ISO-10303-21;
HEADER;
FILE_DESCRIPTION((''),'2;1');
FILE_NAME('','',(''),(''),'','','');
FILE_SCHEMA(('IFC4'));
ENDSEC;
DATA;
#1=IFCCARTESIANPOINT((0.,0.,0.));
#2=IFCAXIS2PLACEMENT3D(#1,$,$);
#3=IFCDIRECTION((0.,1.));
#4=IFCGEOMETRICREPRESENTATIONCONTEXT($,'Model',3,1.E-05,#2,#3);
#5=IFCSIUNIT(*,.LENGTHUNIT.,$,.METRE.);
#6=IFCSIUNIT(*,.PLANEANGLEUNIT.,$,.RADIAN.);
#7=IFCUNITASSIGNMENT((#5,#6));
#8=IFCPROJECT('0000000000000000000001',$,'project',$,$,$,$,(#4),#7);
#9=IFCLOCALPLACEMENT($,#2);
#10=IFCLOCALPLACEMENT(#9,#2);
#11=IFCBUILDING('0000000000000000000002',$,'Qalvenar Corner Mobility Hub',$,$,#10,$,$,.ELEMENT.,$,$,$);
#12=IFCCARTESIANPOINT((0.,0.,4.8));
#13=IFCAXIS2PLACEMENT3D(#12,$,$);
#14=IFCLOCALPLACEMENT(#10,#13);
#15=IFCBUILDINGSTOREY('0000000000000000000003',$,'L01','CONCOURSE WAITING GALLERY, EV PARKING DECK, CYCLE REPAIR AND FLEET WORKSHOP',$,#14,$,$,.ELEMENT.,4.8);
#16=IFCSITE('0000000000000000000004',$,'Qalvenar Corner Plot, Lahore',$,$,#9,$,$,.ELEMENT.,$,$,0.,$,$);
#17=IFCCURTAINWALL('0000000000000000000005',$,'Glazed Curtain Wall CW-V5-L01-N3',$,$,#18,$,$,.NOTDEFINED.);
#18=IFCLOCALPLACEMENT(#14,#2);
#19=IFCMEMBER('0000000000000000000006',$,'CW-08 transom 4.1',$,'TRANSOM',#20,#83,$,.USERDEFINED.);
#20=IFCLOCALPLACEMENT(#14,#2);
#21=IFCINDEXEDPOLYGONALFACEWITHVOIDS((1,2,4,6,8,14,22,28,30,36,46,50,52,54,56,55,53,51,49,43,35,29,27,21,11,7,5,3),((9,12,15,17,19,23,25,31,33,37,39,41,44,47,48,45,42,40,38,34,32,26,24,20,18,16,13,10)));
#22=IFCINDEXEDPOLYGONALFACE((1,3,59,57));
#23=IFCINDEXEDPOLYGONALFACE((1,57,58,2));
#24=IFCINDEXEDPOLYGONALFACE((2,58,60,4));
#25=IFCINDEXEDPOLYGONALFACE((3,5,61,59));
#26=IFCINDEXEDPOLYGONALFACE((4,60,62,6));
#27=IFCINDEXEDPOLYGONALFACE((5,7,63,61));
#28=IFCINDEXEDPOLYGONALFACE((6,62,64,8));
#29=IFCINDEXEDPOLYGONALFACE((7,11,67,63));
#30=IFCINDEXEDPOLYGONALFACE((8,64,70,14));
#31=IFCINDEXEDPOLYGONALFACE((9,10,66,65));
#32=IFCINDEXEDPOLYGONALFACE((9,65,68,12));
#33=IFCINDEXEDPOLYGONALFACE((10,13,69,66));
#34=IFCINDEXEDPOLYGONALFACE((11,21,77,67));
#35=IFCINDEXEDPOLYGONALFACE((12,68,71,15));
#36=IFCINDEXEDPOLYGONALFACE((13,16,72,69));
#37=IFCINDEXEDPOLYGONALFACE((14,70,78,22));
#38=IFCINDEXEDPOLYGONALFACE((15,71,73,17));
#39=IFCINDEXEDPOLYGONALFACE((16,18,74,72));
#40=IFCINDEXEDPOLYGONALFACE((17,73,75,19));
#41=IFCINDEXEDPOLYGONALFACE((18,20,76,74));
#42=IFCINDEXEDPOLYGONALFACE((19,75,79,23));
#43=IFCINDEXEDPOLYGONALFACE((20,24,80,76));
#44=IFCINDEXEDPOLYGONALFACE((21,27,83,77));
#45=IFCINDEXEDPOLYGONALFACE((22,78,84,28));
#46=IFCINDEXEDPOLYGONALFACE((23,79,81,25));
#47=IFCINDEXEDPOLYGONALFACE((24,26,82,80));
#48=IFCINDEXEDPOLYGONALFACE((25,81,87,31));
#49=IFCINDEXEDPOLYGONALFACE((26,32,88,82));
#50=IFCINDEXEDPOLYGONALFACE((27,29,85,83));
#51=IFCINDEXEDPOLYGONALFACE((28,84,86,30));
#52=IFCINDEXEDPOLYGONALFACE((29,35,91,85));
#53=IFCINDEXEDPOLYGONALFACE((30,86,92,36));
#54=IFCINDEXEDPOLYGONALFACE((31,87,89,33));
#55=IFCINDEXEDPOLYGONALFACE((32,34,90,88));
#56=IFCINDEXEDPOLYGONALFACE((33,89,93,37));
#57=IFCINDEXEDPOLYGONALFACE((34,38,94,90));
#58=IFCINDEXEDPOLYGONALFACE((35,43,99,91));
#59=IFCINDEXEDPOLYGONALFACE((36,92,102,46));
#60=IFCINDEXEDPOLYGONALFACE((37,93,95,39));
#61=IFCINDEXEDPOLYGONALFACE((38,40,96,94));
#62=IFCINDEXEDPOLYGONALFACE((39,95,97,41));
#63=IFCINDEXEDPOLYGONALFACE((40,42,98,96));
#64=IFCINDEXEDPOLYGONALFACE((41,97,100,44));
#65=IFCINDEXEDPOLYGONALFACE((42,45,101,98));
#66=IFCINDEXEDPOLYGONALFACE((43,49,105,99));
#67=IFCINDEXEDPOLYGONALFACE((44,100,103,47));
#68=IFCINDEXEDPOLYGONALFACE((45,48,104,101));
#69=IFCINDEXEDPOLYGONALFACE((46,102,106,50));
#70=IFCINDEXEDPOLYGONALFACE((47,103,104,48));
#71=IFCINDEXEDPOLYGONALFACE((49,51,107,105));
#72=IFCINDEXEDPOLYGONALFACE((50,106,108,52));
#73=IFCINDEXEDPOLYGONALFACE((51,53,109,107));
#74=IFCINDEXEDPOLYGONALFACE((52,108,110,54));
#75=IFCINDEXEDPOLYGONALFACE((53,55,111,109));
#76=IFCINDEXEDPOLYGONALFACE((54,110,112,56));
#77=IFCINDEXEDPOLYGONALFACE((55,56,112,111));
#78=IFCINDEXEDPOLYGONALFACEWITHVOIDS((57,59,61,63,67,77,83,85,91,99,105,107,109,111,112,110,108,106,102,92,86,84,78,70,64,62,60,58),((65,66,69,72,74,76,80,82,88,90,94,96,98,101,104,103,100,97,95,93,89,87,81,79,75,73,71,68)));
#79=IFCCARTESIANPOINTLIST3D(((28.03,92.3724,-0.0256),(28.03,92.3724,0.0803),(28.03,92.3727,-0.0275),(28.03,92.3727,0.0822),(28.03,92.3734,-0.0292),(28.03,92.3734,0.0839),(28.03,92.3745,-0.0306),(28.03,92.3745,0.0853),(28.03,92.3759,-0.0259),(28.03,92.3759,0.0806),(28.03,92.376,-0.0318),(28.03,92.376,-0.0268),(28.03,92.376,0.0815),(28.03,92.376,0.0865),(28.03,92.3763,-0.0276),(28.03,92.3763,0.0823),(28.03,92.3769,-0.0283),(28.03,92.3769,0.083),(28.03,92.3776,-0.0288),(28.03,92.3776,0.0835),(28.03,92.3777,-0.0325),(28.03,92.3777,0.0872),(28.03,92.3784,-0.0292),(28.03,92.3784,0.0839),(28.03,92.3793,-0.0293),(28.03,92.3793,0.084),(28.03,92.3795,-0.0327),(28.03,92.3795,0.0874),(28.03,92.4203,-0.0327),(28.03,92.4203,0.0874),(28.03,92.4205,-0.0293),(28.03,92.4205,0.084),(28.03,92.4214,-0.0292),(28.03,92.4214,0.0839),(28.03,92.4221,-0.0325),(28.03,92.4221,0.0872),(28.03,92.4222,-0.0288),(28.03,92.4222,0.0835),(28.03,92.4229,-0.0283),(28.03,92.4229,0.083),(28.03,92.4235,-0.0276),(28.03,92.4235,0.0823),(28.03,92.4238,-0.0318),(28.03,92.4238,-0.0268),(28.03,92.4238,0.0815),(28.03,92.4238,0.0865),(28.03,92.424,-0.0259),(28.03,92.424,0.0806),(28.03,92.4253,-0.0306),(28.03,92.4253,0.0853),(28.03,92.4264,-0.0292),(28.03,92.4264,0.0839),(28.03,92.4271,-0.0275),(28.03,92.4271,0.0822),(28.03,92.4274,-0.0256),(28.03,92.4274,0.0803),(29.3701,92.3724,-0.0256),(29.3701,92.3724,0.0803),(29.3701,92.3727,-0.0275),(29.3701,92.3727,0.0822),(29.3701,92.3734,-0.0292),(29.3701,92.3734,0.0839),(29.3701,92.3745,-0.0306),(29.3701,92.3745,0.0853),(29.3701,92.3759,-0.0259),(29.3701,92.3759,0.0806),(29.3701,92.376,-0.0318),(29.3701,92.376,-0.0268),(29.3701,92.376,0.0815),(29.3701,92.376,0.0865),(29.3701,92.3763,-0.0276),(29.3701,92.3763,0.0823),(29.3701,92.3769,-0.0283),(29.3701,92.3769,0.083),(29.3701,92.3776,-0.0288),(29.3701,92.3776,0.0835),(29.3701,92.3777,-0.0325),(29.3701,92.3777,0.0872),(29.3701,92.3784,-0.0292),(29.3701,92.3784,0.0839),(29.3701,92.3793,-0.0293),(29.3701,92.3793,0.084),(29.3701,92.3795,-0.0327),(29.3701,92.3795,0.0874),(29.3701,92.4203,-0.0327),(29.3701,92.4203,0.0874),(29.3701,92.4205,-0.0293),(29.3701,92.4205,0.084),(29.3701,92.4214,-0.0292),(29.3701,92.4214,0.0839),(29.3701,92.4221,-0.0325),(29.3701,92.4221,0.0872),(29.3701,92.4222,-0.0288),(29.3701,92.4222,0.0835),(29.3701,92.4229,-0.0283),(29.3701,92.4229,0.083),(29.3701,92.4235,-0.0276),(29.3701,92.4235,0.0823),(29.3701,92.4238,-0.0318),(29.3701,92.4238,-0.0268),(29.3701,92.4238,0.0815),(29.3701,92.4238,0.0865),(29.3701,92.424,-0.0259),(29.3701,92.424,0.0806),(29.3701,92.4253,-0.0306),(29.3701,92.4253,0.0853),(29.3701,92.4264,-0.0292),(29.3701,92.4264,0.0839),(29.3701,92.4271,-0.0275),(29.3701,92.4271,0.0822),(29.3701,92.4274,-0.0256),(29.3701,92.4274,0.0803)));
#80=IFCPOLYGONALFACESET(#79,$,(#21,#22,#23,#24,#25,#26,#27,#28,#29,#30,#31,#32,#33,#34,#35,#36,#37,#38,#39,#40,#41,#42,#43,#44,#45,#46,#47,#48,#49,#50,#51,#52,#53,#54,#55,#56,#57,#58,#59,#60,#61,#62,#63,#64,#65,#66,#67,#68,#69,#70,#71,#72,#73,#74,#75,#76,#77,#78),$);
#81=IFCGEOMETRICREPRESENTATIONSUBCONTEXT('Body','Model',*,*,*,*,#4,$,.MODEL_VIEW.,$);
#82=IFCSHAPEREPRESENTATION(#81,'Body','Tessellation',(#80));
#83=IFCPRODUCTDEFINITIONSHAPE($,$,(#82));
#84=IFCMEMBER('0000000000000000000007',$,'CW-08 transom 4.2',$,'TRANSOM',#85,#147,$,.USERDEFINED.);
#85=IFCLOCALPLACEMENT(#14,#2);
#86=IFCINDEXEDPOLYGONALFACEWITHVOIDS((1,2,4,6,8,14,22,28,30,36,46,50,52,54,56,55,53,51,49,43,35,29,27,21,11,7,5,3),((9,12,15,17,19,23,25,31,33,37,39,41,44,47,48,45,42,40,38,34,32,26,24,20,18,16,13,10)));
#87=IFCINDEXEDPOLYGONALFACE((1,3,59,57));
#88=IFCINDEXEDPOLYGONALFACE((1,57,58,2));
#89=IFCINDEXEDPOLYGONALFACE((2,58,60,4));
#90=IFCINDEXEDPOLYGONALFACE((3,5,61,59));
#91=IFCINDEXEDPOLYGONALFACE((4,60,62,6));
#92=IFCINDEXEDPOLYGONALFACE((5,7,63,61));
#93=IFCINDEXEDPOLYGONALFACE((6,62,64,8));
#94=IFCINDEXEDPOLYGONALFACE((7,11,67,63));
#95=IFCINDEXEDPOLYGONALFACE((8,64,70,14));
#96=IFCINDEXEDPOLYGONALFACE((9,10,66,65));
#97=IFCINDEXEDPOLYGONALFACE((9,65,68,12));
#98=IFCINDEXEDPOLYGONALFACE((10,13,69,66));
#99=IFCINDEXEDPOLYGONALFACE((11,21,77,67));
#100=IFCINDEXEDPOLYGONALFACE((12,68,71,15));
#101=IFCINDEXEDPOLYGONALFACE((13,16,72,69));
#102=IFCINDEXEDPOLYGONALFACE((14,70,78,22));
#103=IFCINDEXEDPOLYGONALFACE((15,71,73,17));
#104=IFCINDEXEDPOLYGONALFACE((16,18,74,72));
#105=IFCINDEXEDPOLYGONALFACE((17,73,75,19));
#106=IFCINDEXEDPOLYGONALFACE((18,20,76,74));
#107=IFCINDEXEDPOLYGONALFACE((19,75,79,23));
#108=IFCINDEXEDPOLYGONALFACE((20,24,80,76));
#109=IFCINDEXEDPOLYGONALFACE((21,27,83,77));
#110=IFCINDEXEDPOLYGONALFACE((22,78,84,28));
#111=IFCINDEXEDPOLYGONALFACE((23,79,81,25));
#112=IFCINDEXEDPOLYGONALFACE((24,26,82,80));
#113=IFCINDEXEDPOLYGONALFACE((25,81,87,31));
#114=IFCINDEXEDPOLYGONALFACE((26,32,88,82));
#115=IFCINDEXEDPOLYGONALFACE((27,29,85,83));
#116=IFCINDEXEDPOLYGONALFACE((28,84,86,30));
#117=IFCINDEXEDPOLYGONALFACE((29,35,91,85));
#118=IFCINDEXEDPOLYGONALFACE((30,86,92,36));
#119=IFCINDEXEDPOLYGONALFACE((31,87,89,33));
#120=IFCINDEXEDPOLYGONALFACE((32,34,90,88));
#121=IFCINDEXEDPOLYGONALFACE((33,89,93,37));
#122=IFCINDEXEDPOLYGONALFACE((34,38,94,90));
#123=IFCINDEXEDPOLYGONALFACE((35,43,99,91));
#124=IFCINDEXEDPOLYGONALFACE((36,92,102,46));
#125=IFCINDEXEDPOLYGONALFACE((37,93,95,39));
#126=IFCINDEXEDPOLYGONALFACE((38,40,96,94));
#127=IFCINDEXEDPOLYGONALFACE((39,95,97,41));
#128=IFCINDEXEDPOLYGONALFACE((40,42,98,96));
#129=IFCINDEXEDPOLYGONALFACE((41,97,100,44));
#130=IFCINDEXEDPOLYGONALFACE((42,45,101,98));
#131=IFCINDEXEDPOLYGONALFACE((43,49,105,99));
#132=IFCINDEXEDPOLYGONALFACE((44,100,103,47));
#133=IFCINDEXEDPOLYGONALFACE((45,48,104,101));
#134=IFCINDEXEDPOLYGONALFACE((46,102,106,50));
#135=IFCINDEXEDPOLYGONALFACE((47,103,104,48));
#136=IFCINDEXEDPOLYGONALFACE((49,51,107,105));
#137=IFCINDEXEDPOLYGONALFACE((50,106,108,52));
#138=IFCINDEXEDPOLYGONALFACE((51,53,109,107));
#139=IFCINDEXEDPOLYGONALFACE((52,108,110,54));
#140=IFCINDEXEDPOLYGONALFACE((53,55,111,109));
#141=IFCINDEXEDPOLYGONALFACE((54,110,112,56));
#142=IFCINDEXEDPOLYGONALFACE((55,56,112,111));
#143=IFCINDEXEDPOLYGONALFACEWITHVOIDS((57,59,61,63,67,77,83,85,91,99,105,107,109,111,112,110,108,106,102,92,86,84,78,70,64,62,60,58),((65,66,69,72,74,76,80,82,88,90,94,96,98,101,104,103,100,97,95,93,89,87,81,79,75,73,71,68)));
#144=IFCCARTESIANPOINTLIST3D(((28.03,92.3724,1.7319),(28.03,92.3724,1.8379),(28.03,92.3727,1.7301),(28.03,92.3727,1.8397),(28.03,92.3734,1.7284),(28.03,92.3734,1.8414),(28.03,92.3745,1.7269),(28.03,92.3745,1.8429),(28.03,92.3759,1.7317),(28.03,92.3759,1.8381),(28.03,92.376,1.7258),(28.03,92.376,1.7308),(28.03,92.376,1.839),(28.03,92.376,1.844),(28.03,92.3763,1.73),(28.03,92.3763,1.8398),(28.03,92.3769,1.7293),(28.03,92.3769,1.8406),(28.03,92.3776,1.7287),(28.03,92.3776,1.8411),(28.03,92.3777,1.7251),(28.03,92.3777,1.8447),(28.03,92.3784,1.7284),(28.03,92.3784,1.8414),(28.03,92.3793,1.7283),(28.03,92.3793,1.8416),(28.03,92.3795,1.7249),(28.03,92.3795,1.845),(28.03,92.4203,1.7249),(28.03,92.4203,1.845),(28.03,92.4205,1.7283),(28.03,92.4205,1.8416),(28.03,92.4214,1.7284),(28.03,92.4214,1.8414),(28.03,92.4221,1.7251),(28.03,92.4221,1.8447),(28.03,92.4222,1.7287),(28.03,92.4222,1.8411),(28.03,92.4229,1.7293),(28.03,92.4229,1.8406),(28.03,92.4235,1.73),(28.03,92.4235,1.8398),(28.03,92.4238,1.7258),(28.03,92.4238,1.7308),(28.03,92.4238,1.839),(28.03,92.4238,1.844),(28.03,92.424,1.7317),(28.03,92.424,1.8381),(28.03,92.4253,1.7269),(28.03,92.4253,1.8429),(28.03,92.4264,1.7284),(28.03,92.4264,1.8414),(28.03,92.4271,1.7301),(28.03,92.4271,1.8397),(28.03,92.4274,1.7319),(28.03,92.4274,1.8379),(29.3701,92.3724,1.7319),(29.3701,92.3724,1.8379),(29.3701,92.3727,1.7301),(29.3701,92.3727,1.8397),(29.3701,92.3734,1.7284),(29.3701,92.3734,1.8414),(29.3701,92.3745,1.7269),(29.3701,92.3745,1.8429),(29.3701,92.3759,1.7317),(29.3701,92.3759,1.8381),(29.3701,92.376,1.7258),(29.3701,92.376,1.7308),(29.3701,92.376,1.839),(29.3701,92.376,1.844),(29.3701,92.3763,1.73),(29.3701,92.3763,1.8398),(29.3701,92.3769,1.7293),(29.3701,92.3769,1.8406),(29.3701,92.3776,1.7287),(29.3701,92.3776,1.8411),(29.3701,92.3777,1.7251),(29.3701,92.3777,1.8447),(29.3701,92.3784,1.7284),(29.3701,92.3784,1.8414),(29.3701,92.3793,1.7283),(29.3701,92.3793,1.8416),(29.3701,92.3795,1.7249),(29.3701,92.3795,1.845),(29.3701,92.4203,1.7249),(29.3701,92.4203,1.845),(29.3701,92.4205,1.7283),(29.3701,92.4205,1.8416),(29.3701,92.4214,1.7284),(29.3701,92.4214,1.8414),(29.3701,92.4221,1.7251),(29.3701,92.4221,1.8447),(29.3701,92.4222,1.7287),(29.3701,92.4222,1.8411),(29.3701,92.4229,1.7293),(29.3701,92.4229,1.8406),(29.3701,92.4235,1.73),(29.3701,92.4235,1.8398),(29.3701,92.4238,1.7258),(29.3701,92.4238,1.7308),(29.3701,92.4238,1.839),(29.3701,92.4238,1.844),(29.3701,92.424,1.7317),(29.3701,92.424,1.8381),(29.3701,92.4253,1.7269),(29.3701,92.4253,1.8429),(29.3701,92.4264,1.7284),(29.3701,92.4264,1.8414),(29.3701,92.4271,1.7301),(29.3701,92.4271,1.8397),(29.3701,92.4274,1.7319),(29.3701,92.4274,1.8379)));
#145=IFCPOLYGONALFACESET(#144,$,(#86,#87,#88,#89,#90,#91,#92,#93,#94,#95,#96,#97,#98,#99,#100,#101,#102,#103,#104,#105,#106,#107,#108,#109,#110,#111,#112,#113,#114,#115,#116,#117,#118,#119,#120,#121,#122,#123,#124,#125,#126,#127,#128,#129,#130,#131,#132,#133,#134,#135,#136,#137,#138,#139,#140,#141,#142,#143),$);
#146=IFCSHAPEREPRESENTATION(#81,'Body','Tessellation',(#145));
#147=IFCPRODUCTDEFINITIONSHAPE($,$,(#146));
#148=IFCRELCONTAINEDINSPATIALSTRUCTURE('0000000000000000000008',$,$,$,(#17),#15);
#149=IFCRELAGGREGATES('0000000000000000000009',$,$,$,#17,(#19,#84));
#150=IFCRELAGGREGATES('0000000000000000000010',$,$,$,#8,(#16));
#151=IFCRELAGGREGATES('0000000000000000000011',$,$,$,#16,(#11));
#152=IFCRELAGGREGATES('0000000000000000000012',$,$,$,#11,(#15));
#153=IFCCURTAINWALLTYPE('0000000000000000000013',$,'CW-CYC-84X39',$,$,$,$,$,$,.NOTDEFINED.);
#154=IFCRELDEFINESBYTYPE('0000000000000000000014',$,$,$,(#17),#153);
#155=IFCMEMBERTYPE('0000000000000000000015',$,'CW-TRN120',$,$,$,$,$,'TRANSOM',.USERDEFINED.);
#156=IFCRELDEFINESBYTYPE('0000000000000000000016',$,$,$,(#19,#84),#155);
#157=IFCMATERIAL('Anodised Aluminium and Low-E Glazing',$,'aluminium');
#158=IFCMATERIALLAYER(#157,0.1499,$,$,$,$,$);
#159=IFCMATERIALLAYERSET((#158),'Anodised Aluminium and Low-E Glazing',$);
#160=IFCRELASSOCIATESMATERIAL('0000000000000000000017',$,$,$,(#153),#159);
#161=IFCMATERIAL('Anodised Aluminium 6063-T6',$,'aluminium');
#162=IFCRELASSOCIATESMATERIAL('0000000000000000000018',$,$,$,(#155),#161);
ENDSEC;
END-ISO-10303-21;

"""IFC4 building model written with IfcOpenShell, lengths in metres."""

from ifc_helpers import new_model, si_unit, direction, frame, origin, origin_2d, place, context, subcontext, project, spatial, hollow_rectangle, extrude, material, layer, layer_set, material_profile, profile_set, type_object, element, aggregate, save


model = new_model("IFC4")

# Units and contexts
model_context = context("Model", 3, precision=1e-05, world=origin(), true_north=direction((0.0, 1.0)))
body_context = subcontext(model_context, "Body", "Model", "MODEL_VIEW")
ifc_project = project(units=[si_unit("LENGTHUNIT", "METRE"), si_unit("PLANEANGLEUNIT", "RADIAN")], contexts=[model_context])

# Site, building, storey
site_placement = place(None, origin())
site = spatial("IfcSite", under=ifc_project, at=site_placement, Name="Qalvenar Corner Plot, Lahore", CompositionType="ELEMENT", RefElevation=0.0)
building_placement = place(site_placement, origin())
building = spatial("IfcBuilding", under=site, at=building_placement, Name="Qalvenar Corner Mobility Hub", CompositionType="ELEMENT")
storey_placement = place(building_placement, frame((0.0, 0.0, 4.8)))
storey = spatial("IfcBuildingStorey", under=building, at=storey_placement, Name="L01", Description="CONCOURSE WAITING GALLERY, EV PARKING DECK, CYCLE REPAIR AND FLEET WORKSHOP", CompositionType="ELEMENT", Elevation=4.8)

# Shared definitions
ifc_material_1 = material(Name="Anodised Aluminium and Low-E Glazing", Category="aluminium")
ifc_layer_1 = layer(ifc_material_1, 0.1499)
ifc_layer_set_1 = layer_set([ifc_layer_1], Name="Anodised Aluminium and Low-E Glazing")
curtain_wall_type = type_object("IfcCurtainWallType", Name="CW-CYC-84X39", PredefinedType="NOTDEFINED", material=ifc_layer_set_1)
ifc_material_2 = material(Name="Anodised Aluminium 6063-T6", Category="aluminium")

# Curtain wall
curtain_wall_1_placement = place(storey_placement, origin())
curtain_wall_1 = element("IfcCurtainWall", 1, at=curtain_wall_1_placement, inside=storey, type_object=curtain_wall_type, Name="Glazed Curtain Wall CW-V5-L01-N3", PredefinedType="NOTDEFINED")

# Members
ifc_material_profile_1 = material_profile(ifc_material_2, hollow_rectangle(XDim=0.0549, YDim=0.1201, WallThickness=0.0034, InnerFilletRadius=0.0034, OuterFilletRadius=0.0071, at=origin_2d()), Name="RHS120x55x3.5")
ifc_profile_set_1 = profile_set([ifc_material_profile_1], Name="Anodised Aluminium 6063-T6")
member_type_1 = type_object("IfcMemberType", Name="CW-TRN120", ElementType="TRANSOM", PredefinedType="USERDEFINED", material=ifc_profile_set_1)
member_1_placement = place(storey_placement, frame((29.3701, 92.3999, 0.0273), z_axis=(-1.0, 0.0, 0.0), x_axis=(0.0, -1.0, 0.0)))
member_1 = element("IfcMember", 2, at=member_1_placement, type_object=member_type_1, Name="CW-08 transom 4.1", ObjectType="TRANSOM", PredefinedType="USERDEFINED", context=body_context, shape_type="SweptSolid", body=[
    extrude(hollow_rectangle(XDim=0.0549, YDim=0.1201, WallThickness=0.0034, InnerFilletRadius=0.0034, OuterFilletRadius=0.0071, at=origin_2d()), origin(), (0.0, 0.0, 1.0), 1.3401),
])
member_2_placement = place(storey_placement, frame((29.3701, 92.3999, 1.7849), z_axis=(-1.0, 0.0, 0.0), x_axis=(0.0, -1.0, 0.0)))
member_2 = element("IfcMember", 3, at=member_2_placement, type_object=member_type_1, Name="CW-08 transom 4.2", ObjectType="TRANSOM", PredefinedType="USERDEFINED", context=body_context, shape_type="SweptSolid", body=[
    extrude(hollow_rectangle(XDim=0.0549, YDim=0.1201, WallThickness=0.0034, InnerFilletRadius=0.0034, OuterFilletRadius=0.0071, at=origin_2d()), origin(), (0.0, 0.0, 1.0), 1.3401),
])

aggregate(curtain_wall_1, [member_1, member_2])

save(model, "model.ifc")
